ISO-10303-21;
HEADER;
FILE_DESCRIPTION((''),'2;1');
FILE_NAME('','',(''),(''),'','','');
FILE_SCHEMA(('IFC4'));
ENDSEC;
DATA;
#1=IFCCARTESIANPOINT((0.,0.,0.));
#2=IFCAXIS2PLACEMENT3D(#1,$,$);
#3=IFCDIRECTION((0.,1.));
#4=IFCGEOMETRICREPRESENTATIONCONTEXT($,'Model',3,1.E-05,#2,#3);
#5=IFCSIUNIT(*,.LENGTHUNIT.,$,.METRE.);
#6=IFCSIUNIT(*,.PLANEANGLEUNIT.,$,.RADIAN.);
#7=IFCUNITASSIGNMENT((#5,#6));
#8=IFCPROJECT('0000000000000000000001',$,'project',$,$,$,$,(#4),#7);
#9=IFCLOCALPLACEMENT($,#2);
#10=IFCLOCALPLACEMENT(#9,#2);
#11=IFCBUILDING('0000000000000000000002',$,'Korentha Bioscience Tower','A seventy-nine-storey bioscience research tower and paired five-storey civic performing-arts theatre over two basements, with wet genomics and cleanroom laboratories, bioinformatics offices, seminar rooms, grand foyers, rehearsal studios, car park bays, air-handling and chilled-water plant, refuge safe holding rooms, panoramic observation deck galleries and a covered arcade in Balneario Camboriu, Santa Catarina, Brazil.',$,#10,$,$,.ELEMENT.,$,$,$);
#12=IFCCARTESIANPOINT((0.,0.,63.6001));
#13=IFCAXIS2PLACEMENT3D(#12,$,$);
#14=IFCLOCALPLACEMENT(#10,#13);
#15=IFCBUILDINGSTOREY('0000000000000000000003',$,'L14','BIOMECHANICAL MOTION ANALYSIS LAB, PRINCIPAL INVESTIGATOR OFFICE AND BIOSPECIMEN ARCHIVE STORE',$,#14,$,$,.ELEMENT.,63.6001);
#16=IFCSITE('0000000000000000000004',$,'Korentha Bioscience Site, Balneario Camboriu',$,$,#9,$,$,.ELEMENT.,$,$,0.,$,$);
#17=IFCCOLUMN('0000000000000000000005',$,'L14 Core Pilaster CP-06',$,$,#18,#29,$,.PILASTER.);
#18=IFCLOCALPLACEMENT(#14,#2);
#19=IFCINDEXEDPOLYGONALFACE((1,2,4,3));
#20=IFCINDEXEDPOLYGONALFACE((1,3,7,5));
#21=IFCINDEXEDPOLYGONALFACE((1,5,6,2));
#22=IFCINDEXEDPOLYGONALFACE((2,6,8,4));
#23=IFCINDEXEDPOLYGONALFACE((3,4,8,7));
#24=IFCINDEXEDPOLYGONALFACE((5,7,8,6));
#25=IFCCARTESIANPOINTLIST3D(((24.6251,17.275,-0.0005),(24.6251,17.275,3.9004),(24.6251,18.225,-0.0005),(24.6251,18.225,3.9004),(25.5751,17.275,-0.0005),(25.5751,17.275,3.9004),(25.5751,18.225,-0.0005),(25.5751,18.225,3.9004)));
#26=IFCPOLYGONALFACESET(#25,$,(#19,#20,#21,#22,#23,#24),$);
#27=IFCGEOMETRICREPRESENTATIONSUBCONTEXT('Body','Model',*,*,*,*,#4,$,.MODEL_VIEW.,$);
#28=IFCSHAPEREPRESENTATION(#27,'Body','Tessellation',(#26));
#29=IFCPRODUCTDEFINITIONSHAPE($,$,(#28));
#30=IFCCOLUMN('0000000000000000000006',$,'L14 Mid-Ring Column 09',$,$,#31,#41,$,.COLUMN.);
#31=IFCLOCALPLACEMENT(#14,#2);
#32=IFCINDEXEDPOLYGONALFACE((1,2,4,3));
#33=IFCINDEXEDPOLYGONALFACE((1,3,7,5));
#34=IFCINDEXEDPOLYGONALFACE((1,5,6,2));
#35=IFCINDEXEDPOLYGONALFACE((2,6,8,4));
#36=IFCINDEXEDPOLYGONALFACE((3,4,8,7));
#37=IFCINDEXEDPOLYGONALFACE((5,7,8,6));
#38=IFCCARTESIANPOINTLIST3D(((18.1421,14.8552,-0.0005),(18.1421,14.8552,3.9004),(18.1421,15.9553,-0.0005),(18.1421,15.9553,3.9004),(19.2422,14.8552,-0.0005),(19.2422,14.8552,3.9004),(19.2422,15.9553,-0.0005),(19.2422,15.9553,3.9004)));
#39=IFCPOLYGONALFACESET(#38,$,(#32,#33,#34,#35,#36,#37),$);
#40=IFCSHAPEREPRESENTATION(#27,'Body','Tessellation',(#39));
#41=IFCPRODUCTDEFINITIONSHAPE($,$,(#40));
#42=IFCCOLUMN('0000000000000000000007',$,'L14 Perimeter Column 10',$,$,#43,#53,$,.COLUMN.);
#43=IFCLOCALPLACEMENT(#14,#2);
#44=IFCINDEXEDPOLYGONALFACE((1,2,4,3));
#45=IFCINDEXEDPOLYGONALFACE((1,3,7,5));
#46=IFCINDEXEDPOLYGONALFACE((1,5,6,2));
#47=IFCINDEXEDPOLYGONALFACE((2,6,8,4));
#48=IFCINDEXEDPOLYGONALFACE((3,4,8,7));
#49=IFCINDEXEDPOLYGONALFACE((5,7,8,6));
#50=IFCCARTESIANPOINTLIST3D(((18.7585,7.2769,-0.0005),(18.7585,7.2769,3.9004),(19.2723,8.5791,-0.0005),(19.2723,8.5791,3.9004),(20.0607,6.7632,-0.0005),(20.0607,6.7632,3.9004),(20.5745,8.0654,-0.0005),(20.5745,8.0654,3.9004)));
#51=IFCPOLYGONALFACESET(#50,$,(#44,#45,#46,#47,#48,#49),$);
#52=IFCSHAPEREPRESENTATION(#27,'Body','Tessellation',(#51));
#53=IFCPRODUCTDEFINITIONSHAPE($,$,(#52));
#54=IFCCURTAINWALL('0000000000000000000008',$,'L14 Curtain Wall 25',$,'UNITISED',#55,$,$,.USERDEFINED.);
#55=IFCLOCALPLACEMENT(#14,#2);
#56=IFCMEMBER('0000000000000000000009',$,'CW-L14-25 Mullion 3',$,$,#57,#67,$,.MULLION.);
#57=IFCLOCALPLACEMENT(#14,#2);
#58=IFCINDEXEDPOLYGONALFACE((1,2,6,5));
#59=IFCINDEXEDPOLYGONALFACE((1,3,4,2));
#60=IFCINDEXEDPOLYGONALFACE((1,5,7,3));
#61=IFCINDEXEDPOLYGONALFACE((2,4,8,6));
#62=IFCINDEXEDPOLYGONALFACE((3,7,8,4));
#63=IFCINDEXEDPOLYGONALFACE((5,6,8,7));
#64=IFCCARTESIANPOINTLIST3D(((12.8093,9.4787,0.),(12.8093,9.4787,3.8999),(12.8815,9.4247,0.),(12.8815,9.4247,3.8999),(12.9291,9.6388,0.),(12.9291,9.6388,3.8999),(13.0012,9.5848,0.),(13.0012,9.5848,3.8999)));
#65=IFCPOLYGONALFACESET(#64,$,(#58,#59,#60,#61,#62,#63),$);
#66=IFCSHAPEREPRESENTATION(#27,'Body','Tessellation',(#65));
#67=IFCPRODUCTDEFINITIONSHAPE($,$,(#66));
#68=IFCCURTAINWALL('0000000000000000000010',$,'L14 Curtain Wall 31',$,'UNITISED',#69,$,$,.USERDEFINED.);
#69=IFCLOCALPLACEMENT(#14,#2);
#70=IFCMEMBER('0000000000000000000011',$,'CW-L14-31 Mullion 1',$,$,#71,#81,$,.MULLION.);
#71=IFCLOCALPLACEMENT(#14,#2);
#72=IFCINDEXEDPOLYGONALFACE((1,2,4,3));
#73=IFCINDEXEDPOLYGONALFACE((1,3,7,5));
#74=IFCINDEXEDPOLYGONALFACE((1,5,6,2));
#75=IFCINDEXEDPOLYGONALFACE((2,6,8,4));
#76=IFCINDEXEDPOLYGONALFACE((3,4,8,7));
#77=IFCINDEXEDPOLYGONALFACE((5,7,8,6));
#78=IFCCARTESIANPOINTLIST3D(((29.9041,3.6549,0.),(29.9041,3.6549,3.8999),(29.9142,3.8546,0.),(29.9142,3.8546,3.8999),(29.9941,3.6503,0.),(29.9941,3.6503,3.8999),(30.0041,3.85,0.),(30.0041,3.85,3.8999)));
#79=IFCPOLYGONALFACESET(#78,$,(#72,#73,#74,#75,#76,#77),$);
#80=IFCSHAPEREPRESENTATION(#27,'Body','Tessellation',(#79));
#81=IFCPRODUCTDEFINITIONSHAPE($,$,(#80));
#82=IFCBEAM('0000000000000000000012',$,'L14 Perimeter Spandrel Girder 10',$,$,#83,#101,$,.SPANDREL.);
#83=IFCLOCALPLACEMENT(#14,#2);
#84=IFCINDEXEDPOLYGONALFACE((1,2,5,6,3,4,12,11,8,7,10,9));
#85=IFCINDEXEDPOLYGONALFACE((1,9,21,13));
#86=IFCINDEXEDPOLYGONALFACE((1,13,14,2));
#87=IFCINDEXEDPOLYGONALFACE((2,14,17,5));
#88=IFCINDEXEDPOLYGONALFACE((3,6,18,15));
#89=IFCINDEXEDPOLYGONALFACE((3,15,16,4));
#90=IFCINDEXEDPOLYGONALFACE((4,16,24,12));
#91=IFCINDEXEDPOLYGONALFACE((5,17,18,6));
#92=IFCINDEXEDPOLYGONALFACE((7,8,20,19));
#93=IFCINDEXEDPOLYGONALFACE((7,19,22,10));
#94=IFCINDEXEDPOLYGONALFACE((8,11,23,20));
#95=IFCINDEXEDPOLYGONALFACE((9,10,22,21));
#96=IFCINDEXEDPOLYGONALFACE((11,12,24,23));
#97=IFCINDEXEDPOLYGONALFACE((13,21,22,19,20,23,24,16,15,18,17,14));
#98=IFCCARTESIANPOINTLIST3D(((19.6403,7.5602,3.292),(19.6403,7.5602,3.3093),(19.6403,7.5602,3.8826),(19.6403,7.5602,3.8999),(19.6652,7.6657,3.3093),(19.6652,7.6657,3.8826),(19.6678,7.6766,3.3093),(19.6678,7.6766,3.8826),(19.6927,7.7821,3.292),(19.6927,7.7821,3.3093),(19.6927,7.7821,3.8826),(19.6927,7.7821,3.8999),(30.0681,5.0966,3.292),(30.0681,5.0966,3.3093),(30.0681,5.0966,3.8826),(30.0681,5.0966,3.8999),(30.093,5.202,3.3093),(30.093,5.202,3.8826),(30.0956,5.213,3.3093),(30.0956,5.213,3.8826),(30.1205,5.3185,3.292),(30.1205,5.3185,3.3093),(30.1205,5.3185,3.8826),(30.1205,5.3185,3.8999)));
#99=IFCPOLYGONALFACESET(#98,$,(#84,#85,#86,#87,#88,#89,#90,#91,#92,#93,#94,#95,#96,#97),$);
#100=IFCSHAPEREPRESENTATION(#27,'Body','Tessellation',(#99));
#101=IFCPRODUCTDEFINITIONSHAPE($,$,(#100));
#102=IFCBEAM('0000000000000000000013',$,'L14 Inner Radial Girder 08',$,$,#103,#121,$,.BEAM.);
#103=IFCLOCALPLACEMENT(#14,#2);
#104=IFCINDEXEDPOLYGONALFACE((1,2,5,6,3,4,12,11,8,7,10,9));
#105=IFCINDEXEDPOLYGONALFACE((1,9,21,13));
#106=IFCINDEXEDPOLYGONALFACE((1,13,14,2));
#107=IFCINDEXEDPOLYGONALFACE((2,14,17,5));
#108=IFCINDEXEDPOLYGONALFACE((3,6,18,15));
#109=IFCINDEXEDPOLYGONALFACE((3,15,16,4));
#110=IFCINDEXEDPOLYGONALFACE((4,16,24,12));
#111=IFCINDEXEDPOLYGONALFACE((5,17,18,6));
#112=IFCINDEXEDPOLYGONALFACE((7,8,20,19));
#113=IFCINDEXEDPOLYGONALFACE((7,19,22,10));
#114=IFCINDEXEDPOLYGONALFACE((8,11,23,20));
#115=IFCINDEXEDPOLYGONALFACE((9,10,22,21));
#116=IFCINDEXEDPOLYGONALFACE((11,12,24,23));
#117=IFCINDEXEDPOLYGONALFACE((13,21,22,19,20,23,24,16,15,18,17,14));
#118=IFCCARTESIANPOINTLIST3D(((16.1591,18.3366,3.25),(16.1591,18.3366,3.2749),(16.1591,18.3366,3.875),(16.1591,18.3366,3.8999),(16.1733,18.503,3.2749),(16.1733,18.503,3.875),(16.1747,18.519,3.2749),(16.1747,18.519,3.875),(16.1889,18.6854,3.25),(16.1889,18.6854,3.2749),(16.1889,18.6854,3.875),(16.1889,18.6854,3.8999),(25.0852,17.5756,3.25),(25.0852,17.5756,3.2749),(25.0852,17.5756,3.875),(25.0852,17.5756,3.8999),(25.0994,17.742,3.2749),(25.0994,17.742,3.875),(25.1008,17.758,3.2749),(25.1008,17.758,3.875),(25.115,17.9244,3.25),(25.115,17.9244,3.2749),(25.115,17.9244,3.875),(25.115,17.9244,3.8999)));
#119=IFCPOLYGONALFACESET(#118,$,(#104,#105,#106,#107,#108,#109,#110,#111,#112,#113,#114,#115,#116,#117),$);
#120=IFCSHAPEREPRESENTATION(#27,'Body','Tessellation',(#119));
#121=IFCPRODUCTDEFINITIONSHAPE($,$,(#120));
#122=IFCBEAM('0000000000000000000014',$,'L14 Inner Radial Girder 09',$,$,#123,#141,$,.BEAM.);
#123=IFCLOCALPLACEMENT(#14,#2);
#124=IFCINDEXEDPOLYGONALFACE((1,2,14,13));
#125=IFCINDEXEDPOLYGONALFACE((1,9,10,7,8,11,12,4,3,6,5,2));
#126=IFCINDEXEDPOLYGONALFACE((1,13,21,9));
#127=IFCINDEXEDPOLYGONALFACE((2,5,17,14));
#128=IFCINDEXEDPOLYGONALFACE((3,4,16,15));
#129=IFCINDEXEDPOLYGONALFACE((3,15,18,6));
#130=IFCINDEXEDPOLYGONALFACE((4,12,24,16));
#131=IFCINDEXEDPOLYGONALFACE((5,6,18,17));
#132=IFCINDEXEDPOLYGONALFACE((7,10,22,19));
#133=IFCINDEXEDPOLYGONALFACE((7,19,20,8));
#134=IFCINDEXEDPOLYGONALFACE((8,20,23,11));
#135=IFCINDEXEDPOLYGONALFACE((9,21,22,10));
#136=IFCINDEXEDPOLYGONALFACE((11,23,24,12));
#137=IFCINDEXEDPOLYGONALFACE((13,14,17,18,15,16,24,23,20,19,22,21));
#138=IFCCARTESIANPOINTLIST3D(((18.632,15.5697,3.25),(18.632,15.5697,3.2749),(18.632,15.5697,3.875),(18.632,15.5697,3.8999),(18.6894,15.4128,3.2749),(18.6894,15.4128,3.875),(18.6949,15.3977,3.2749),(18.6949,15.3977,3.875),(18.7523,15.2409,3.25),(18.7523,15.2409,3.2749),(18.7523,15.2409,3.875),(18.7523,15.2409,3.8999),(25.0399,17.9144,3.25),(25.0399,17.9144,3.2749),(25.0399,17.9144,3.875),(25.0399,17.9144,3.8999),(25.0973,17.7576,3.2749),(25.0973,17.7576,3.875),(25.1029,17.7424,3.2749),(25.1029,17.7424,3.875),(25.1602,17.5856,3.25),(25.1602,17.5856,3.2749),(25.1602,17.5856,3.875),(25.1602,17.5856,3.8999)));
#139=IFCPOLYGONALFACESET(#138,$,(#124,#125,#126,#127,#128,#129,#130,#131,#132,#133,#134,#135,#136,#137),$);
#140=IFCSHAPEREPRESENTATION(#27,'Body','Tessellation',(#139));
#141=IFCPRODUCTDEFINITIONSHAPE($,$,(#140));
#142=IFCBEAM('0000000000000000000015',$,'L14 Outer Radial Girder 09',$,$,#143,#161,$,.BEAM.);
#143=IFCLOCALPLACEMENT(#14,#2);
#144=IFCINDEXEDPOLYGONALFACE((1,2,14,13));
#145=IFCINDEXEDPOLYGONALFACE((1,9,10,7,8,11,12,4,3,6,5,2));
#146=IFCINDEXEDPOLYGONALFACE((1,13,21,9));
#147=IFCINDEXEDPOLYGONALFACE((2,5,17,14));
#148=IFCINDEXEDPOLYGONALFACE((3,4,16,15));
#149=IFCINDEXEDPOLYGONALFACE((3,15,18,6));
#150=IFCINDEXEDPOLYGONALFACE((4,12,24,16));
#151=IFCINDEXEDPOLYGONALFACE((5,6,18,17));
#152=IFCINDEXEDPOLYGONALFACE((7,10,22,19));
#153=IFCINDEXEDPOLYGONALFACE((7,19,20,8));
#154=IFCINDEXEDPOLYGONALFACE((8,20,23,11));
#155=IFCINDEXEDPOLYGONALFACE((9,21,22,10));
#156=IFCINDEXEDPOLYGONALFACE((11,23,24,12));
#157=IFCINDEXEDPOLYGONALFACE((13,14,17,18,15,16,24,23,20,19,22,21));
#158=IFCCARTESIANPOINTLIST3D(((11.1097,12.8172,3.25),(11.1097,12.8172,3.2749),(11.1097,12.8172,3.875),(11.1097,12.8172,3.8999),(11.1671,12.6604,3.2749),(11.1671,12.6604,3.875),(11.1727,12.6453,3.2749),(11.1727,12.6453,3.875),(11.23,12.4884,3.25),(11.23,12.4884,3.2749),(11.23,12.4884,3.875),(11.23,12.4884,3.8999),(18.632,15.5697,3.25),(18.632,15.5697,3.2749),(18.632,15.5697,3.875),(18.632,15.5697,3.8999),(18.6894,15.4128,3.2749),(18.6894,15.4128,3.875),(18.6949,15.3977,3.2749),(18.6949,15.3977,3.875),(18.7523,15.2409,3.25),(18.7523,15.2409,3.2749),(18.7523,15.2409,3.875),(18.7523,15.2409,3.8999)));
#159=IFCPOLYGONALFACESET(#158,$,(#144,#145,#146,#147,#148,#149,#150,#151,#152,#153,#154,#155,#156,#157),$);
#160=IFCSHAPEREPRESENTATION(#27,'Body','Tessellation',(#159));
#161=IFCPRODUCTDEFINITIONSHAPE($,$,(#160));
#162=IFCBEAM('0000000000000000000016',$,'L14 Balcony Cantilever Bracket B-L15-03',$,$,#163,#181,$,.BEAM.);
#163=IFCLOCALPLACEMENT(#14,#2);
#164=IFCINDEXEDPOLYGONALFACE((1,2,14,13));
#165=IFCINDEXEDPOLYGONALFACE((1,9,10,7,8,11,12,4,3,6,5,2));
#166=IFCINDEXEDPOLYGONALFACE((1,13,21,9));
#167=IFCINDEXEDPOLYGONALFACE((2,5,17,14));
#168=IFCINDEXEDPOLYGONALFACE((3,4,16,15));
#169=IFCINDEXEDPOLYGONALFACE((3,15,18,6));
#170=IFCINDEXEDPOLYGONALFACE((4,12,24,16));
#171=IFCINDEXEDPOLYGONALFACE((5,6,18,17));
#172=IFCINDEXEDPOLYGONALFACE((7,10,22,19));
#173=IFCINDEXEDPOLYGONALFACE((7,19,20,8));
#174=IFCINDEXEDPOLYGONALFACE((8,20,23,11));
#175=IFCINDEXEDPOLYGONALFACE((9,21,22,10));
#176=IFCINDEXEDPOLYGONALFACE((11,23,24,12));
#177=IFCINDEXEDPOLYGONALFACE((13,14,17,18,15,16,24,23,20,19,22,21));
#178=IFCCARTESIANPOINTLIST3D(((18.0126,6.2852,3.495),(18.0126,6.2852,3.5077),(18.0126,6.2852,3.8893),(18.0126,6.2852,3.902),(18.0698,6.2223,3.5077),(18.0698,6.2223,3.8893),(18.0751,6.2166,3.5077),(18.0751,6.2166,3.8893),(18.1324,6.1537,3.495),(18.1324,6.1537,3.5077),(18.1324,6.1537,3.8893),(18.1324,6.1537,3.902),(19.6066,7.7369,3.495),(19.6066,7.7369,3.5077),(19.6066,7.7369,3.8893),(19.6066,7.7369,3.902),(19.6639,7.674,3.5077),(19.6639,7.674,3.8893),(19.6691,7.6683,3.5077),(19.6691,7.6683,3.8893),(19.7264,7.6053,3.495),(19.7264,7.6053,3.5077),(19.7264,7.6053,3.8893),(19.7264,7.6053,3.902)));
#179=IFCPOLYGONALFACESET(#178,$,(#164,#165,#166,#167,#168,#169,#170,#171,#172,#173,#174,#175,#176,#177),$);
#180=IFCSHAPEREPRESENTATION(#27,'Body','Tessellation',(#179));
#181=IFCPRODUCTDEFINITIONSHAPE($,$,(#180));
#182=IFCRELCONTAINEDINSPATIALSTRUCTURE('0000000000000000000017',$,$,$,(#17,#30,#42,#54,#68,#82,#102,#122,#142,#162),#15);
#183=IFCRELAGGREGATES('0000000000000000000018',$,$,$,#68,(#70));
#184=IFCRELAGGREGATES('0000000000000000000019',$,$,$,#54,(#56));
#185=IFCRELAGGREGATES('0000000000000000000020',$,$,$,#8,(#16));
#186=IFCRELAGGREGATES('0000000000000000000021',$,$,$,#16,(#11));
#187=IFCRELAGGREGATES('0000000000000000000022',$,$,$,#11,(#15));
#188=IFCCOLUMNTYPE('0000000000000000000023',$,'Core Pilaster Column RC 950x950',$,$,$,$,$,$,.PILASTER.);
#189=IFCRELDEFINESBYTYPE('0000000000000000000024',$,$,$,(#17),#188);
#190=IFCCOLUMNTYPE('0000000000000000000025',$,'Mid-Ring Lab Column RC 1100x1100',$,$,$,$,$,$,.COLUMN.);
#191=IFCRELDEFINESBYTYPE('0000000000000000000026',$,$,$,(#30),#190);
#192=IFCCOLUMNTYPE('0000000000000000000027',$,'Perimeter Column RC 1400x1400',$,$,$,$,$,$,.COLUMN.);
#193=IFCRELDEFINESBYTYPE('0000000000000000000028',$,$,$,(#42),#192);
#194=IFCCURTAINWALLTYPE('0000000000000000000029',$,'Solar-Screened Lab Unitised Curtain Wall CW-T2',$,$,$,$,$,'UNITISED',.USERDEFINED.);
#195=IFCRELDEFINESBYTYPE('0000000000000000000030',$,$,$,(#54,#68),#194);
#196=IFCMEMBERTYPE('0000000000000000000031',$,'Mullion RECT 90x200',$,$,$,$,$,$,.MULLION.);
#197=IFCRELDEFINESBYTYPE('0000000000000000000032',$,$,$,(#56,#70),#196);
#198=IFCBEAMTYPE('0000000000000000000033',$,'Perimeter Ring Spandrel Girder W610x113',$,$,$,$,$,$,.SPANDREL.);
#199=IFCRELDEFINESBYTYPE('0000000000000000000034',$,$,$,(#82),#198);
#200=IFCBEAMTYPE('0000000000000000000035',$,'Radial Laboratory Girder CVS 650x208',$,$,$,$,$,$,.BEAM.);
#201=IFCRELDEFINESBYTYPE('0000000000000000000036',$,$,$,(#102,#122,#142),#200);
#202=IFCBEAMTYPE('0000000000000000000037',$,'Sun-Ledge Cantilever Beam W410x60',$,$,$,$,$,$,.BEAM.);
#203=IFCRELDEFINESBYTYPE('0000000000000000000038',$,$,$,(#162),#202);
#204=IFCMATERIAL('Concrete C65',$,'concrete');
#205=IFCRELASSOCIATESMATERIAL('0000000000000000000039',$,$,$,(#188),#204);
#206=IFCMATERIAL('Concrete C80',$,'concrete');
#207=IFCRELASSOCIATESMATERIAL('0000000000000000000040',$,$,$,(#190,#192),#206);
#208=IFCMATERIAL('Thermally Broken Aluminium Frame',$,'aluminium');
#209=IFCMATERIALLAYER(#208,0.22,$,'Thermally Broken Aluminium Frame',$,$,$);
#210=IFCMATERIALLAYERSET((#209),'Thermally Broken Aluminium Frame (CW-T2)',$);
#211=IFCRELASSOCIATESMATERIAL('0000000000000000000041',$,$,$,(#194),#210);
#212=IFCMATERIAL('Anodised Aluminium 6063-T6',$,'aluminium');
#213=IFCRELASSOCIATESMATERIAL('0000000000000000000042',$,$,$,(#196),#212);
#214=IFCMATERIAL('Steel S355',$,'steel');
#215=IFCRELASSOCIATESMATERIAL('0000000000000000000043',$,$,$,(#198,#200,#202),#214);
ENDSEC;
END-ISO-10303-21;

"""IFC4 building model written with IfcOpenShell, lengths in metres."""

from ifc_helpers import new_model, si_unit, direction, frame, origin, origin_2d, place, context, subcontext, project, spatial, rectangle, i_section, extrude, material, layer, layer_set, material_profile, profile_set, type_object, element, aggregate, save


model = new_model("IFC4")

# Units and contexts
model_context = context("Model", 3, precision=1e-05, world=origin(), true_north=direction((0.0, 1.0)))
body_context = subcontext(model_context, "Body", "Model", "MODEL_VIEW")
ifc_project = project(units=[si_unit("LENGTHUNIT", "METRE"), si_unit("PLANEANGLEUNIT", "RADIAN")], contexts=[model_context])

# Site, building, storey
site_placement = place(None, origin())
site = spatial("IfcSite", under=ifc_project, at=site_placement, Name="Korentha Bioscience Site, Balneario Camboriu", CompositionType="ELEMENT", RefElevation=0.0)
building_placement = place(site_placement, origin())
building = spatial("IfcBuilding", under=site, at=building_placement, Name="Korentha Bioscience Tower", Description="A seventy-nine-storey bioscience research tower and paired five-storey civic performing-arts theatre over two basements, with wet genomics and cleanroom laboratories, bioinformatics offices, seminar rooms, grand foyers, rehearsal studios, car park bays, air-handling and chilled-water plant, refuge safe holding rooms, panoramic observation deck galleries and a covered arcade in Balneario Camboriu, Santa Catarina, Brazil.", CompositionType="ELEMENT")
storey_placement = place(building_placement, frame((0.0, 0.0, 63.6001)))
storey = spatial("IfcBuildingStorey", under=building, at=storey_placement, Name="L14", Description="BIOMECHANICAL MOTION ANALYSIS LAB, PRINCIPAL INVESTIGATOR OFFICE AND BIOSPECIMEN ARCHIVE STORE", CompositionType="ELEMENT", Elevation=63.6001)

# Columns
ifc_material_1 = material(Name="Concrete C65", Category="concrete")
ifc_material_profile_1 = material_profile(ifc_material_1, rectangle(XDim=0.95, YDim=0.95, at=origin_2d()), Name="Concrete C65")
ifc_profile_set_1 = profile_set([ifc_material_profile_1], Name="Concrete C65 (COL-CP09)")
column_type_1 = type_object("IfcColumnType", Name="Core Pilaster Column RC 950x950", PredefinedType="PILASTER", material=ifc_profile_set_1)
column_1_placement = place(storey_placement, frame((25.1001, 17.75, -0.0005), z_axis=(0.0, 0.0, 1.0), x_axis=(1.0, 0.0, 0.0)))
element("IfcColumn", 1, at=column_1_placement, inside=storey, type_object=column_type_1, Name="L14 Core Pilaster CP-06", PredefinedType="PILASTER", context=body_context, shape_type="SweptSolid", body=[
    extrude(rectangle(XDim=0.95, YDim=0.95, at=origin_2d()), origin(), (0.0, 0.0, 1.0), 3.9009),
])
ifc_material_2 = material(Name="Concrete C80", Category="concrete")
ifc_material_profile_2 = material_profile(ifc_material_2, rectangle(XDim=1.1001, YDim=1.1001, at=origin_2d()), Name="Concrete C80")
ifc_profile_set_2 = profile_set([ifc_material_profile_2], Name="Concrete C80 (COL-MR11)")
column_type_2 = type_object("IfcColumnType", Name="Mid-Ring Lab Column RC 1100x1100", PredefinedType="COLUMN", material=ifc_profile_set_2)
column_2_placement = place(storey_placement, frame((18.6921, 15.4053, -0.0005), z_axis=(0.0, 0.0, 1.0), x_axis=(1.0, 0.0, 0.0)))
element("IfcColumn", 2, at=column_2_placement, inside=storey, type_object=column_type_2, Name="L14 Mid-Ring Column 09", PredefinedType="COLUMN", context=body_context, shape_type="SweptSolid", body=[
    extrude(rectangle(XDim=1.1001, YDim=1.1001, at=origin_2d()), origin(), (0.0, 0.0, 1.0), 3.9009),
])
ifc_material_profile_3 = material_profile(ifc_material_2, rectangle(XDim=1.3999, YDim=1.3999, at=origin_2d()), Name="Concrete C80")
ifc_profile_set_3 = profile_set([ifc_material_profile_3], Name="Concrete C80 (COL-P14)")
column_type_3 = type_object("IfcColumnType", Name="Perimeter Column RC 1400x1400", PredefinedType="COLUMN", material=ifc_profile_set_3)
column_3_placement = place(storey_placement, frame((19.6665, 7.6711, -0.0005), z_axis=(0.0, 0.0, 1.0), x_axis=(-0.930226, 0.366988, 0.0)))
element("IfcColumn", 3, at=column_3_placement, inside=storey, type_object=column_type_3, Name="L14 Perimeter Column 10", PredefinedType="COLUMN", context=body_context, shape_type="SweptSolid", body=[
    extrude(rectangle(XDim=1.3999, YDim=1.3999, at=origin_2d()), origin(), (0.0, 0.0, 1.0), 3.9009),
])

# Curtain walls, members
ifc_material_3 = material(Name="Thermally Broken Aluminium Frame", Category="aluminium")
ifc_layer_1 = layer(ifc_material_3, 0.22, Name="Thermally Broken Aluminium Frame")
ifc_layer_set_1 = layer_set([ifc_layer_1], Name="Thermally Broken Aluminium Frame (CW-T2)")
curtain_wall_type = type_object("IfcCurtainWallType", Name="Solar-Screened Lab Unitised Curtain Wall CW-T2", ElementType="UNITISED", PredefinedType="USERDEFINED", material=ifc_layer_set_1)
curtain_wall_1_placement = place(storey_placement, origin())
curtain_wall_1 = element("IfcCurtainWall", 4, at=curtain_wall_1_placement, inside=storey, type_object=curtain_wall_type, Name="L14 Curtain Wall 25", ObjectType="UNITISED", PredefinedType="USERDEFINED")
ifc_material_4 = material(Name="Anodised Aluminium 6063-T6", Category="aluminium")
ifc_material_profile_4 = material_profile(ifc_material_4, rectangle(XDim=0.0901, YDim=0.2, at=origin_2d()), Name="Anodised Aluminium 6063-T6")
ifc_profile_set_4 = profile_set([ifc_material_profile_4], Name="Anodised Aluminium 6063-T6 (CW-MUL)")
member_type_1 = type_object("IfcMemberType", Name="Mullion RECT 90x200", PredefinedType="MULLION", material=ifc_profile_set_4)
member_1_placement = place(storey_placement, frame((12.9053, 9.5317, 0.0), z_axis=(0.0, 0.0, 1.0), x_axis=(0.800798, -0.598935, 0.0)))
member_1 = element("IfcMember", 5, at=member_1_placement, type_object=member_type_1, Name="CW-L14-25 Mullion 3", PredefinedType="MULLION", context=body_context, shape_type="SweptSolid", body=[
    extrude(rectangle(XDim=0.0901, YDim=0.2, at=origin_2d()), origin(), (0.0, 0.0, 1.0), 3.8999),
])
curtain_wall_2_placement = place(storey_placement, origin())
curtain_wall_2 = element("IfcCurtainWall", 6, at=curtain_wall_2_placement, inside=storey, type_object=curtain_wall_type, Name="L14 Curtain Wall 31", ObjectType="UNITISED", PredefinedType="USERDEFINED")
member_2_placement = place(storey_placement, frame((29.9541, 3.7524, 0.0), z_axis=(0.0, 0.0, 1.0), x_axis=(0.998731, -0.050371, 0.0)))
member_2 = element("IfcMember", 7, at=member_2_placement, type_object=member_type_1, Name="CW-L14-31 Mullion 1", PredefinedType="MULLION", context=body_context, shape_type="SweptSolid", body=[
    extrude(rectangle(XDim=0.0901, YDim=0.2, at=origin_2d()), origin(), (0.0, 0.0, 1.0), 3.8999),
])

# Beams
ifc_material_5 = material(Name="Steel S355", Category="steel")
ifc_material_profile_5 = material_profile(ifc_material_5, i_section(OverallWidth=0.228, OverallDepth=0.6079, WebThickness=0.0112, FlangeThickness=0.0173, at=origin_2d()), Name="Steel S355")
ifc_profile_set_5 = profile_set([ifc_material_profile_5], Name="Steel S355 (SB-610)")
beam_type_1 = type_object("IfcBeamType", Name="Perimeter Ring Spandrel Girder W610x113", PredefinedType="SPANDREL", material=ifc_profile_set_5)
beam_1_placement = place(storey_placement, frame((19.6665, 7.6711, 3.5959), z_axis=(0.973208, -0.229927, 0.0), x_axis=(0.229927, 0.973208, 0.0)))
element("IfcBeam", 8, at=beam_1_placement, inside=storey, type_object=beam_type_1, Name="L14 Perimeter Spandrel Girder 10", PredefinedType="SPANDREL", context=body_context, shape_type="SweptSolid", body=[
    extrude(i_section(OverallWidth=0.228, OverallDepth=0.6079, WebThickness=0.0112, FlangeThickness=0.0173, at=origin_2d()), origin(), (0.0, 0.0, 1.0), 10.7148),
])
ifc_material_profile_6 = material_profile(ifc_material_5, i_section(OverallWidth=0.3501, OverallDepth=0.6499, WebThickness=0.0161, FlangeThickness=0.0249, at=origin_2d()), Name="Steel S355")
ifc_profile_set_6 = profile_set([ifc_material_profile_6], Name="Steel S355 (RB-650)")
beam_type_2 = type_object("IfcBeamType", Name="Radial Laboratory Girder CVS 650x208", PredefinedType="BEAM", material=ifc_profile_set_6)
beam_2_placement = place(storey_placement, frame((25.1001, 17.75, 3.575), z_axis=(-0.996386, 0.084947, 0.0), x_axis=(-0.084947, -0.996386, 0.0)))
element("IfcBeam", 9, at=beam_2_placement, inside=storey, type_object=beam_type_2, Name="L14 Inner Radial Girder 08", PredefinedType="BEAM", context=body_context, shape_type="SweptSolid", body=[
    extrude(i_section(OverallWidth=0.3501, OverallDepth=0.6499, WebThickness=0.0161, FlangeThickness=0.0249, at=origin_2d()), origin(), (0.0, 0.0, 1.0), 8.9585),
])
beam_3_placement = place(storey_placement, frame((25.1001, 17.75, 3.575), z_axis=(-0.939106, -0.343627, 0.0), x_axis=(0.343627, -0.939106, 0.0)))
element("IfcBeam", 10, at=beam_3_placement, inside=storey, type_object=beam_type_2, Name="L14 Inner Radial Girder 09", PredefinedType="BEAM", context=body_context, shape_type="SweptSolid", body=[
    extrude(i_section(OverallWidth=0.3501, OverallDepth=0.6499, WebThickness=0.0161, FlangeThickness=0.0249, at=origin_2d()), origin(), (0.0, 0.0, 1.0), 6.8235),
])
beam_4_placement = place(storey_placement, frame((18.6921, 15.4053, 3.575), z_axis=(-0.939106, -0.343627, 0.0), x_axis=(0.343627, -0.939106, 0.0)))
element("IfcBeam", 11, at=beam_4_placement, inside=storey, type_object=beam_type_2, Name="L14 Outer Radial Girder 09", PredefinedType="BEAM", context=body_context, shape_type="SweptSolid", body=[
    extrude(i_section(OverallWidth=0.3501, OverallDepth=0.6499, WebThickness=0.0161, FlangeThickness=0.0249, at=origin_2d()), origin(), (0.0, 0.0, 1.0), 8.01),
])
ifc_material_profile_7 = material_profile(ifc_material_5, i_section(OverallWidth=0.178, OverallDepth=0.407, WebThickness=0.0078, FlangeThickness=0.0127, at=origin_2d()), Name="Steel S355")
ifc_profile_set_7 = profile_set([ifc_material_profile_7], Name="Steel S355 (CB-410)")
beam_type_3 = type_object("IfcBeamType", Name="Sun-Ledge Cantilever Beam W410x60", PredefinedType="BEAM", material=ifc_profile_set_7)
beam_5_placement = place(storey_placement, frame((19.6665, 7.6711, 3.6985), z_axis=(-0.739345, -0.673326, 0.0), x_axis=(0.673326, -0.739345, 0.0)))
element("IfcBeam", 12, at=beam_5_placement, inside=storey, type_object=beam_type_3, Name="L14 Balcony Cantilever Bracket B-L15-03", PredefinedType="BEAM", context=body_context, shape_type="SweptSolid", body=[
    extrude(i_section(OverallWidth=0.178, OverallDepth=0.407, WebThickness=0.0078, FlangeThickness=0.0127, at=origin_2d()), origin(), (0.0, 0.0, 1.0), 2.156),
])

aggregate(curtain_wall_2, [member_2])

aggregate(curtain_wall_1, [member_1])

save(model, "model.ifc")
